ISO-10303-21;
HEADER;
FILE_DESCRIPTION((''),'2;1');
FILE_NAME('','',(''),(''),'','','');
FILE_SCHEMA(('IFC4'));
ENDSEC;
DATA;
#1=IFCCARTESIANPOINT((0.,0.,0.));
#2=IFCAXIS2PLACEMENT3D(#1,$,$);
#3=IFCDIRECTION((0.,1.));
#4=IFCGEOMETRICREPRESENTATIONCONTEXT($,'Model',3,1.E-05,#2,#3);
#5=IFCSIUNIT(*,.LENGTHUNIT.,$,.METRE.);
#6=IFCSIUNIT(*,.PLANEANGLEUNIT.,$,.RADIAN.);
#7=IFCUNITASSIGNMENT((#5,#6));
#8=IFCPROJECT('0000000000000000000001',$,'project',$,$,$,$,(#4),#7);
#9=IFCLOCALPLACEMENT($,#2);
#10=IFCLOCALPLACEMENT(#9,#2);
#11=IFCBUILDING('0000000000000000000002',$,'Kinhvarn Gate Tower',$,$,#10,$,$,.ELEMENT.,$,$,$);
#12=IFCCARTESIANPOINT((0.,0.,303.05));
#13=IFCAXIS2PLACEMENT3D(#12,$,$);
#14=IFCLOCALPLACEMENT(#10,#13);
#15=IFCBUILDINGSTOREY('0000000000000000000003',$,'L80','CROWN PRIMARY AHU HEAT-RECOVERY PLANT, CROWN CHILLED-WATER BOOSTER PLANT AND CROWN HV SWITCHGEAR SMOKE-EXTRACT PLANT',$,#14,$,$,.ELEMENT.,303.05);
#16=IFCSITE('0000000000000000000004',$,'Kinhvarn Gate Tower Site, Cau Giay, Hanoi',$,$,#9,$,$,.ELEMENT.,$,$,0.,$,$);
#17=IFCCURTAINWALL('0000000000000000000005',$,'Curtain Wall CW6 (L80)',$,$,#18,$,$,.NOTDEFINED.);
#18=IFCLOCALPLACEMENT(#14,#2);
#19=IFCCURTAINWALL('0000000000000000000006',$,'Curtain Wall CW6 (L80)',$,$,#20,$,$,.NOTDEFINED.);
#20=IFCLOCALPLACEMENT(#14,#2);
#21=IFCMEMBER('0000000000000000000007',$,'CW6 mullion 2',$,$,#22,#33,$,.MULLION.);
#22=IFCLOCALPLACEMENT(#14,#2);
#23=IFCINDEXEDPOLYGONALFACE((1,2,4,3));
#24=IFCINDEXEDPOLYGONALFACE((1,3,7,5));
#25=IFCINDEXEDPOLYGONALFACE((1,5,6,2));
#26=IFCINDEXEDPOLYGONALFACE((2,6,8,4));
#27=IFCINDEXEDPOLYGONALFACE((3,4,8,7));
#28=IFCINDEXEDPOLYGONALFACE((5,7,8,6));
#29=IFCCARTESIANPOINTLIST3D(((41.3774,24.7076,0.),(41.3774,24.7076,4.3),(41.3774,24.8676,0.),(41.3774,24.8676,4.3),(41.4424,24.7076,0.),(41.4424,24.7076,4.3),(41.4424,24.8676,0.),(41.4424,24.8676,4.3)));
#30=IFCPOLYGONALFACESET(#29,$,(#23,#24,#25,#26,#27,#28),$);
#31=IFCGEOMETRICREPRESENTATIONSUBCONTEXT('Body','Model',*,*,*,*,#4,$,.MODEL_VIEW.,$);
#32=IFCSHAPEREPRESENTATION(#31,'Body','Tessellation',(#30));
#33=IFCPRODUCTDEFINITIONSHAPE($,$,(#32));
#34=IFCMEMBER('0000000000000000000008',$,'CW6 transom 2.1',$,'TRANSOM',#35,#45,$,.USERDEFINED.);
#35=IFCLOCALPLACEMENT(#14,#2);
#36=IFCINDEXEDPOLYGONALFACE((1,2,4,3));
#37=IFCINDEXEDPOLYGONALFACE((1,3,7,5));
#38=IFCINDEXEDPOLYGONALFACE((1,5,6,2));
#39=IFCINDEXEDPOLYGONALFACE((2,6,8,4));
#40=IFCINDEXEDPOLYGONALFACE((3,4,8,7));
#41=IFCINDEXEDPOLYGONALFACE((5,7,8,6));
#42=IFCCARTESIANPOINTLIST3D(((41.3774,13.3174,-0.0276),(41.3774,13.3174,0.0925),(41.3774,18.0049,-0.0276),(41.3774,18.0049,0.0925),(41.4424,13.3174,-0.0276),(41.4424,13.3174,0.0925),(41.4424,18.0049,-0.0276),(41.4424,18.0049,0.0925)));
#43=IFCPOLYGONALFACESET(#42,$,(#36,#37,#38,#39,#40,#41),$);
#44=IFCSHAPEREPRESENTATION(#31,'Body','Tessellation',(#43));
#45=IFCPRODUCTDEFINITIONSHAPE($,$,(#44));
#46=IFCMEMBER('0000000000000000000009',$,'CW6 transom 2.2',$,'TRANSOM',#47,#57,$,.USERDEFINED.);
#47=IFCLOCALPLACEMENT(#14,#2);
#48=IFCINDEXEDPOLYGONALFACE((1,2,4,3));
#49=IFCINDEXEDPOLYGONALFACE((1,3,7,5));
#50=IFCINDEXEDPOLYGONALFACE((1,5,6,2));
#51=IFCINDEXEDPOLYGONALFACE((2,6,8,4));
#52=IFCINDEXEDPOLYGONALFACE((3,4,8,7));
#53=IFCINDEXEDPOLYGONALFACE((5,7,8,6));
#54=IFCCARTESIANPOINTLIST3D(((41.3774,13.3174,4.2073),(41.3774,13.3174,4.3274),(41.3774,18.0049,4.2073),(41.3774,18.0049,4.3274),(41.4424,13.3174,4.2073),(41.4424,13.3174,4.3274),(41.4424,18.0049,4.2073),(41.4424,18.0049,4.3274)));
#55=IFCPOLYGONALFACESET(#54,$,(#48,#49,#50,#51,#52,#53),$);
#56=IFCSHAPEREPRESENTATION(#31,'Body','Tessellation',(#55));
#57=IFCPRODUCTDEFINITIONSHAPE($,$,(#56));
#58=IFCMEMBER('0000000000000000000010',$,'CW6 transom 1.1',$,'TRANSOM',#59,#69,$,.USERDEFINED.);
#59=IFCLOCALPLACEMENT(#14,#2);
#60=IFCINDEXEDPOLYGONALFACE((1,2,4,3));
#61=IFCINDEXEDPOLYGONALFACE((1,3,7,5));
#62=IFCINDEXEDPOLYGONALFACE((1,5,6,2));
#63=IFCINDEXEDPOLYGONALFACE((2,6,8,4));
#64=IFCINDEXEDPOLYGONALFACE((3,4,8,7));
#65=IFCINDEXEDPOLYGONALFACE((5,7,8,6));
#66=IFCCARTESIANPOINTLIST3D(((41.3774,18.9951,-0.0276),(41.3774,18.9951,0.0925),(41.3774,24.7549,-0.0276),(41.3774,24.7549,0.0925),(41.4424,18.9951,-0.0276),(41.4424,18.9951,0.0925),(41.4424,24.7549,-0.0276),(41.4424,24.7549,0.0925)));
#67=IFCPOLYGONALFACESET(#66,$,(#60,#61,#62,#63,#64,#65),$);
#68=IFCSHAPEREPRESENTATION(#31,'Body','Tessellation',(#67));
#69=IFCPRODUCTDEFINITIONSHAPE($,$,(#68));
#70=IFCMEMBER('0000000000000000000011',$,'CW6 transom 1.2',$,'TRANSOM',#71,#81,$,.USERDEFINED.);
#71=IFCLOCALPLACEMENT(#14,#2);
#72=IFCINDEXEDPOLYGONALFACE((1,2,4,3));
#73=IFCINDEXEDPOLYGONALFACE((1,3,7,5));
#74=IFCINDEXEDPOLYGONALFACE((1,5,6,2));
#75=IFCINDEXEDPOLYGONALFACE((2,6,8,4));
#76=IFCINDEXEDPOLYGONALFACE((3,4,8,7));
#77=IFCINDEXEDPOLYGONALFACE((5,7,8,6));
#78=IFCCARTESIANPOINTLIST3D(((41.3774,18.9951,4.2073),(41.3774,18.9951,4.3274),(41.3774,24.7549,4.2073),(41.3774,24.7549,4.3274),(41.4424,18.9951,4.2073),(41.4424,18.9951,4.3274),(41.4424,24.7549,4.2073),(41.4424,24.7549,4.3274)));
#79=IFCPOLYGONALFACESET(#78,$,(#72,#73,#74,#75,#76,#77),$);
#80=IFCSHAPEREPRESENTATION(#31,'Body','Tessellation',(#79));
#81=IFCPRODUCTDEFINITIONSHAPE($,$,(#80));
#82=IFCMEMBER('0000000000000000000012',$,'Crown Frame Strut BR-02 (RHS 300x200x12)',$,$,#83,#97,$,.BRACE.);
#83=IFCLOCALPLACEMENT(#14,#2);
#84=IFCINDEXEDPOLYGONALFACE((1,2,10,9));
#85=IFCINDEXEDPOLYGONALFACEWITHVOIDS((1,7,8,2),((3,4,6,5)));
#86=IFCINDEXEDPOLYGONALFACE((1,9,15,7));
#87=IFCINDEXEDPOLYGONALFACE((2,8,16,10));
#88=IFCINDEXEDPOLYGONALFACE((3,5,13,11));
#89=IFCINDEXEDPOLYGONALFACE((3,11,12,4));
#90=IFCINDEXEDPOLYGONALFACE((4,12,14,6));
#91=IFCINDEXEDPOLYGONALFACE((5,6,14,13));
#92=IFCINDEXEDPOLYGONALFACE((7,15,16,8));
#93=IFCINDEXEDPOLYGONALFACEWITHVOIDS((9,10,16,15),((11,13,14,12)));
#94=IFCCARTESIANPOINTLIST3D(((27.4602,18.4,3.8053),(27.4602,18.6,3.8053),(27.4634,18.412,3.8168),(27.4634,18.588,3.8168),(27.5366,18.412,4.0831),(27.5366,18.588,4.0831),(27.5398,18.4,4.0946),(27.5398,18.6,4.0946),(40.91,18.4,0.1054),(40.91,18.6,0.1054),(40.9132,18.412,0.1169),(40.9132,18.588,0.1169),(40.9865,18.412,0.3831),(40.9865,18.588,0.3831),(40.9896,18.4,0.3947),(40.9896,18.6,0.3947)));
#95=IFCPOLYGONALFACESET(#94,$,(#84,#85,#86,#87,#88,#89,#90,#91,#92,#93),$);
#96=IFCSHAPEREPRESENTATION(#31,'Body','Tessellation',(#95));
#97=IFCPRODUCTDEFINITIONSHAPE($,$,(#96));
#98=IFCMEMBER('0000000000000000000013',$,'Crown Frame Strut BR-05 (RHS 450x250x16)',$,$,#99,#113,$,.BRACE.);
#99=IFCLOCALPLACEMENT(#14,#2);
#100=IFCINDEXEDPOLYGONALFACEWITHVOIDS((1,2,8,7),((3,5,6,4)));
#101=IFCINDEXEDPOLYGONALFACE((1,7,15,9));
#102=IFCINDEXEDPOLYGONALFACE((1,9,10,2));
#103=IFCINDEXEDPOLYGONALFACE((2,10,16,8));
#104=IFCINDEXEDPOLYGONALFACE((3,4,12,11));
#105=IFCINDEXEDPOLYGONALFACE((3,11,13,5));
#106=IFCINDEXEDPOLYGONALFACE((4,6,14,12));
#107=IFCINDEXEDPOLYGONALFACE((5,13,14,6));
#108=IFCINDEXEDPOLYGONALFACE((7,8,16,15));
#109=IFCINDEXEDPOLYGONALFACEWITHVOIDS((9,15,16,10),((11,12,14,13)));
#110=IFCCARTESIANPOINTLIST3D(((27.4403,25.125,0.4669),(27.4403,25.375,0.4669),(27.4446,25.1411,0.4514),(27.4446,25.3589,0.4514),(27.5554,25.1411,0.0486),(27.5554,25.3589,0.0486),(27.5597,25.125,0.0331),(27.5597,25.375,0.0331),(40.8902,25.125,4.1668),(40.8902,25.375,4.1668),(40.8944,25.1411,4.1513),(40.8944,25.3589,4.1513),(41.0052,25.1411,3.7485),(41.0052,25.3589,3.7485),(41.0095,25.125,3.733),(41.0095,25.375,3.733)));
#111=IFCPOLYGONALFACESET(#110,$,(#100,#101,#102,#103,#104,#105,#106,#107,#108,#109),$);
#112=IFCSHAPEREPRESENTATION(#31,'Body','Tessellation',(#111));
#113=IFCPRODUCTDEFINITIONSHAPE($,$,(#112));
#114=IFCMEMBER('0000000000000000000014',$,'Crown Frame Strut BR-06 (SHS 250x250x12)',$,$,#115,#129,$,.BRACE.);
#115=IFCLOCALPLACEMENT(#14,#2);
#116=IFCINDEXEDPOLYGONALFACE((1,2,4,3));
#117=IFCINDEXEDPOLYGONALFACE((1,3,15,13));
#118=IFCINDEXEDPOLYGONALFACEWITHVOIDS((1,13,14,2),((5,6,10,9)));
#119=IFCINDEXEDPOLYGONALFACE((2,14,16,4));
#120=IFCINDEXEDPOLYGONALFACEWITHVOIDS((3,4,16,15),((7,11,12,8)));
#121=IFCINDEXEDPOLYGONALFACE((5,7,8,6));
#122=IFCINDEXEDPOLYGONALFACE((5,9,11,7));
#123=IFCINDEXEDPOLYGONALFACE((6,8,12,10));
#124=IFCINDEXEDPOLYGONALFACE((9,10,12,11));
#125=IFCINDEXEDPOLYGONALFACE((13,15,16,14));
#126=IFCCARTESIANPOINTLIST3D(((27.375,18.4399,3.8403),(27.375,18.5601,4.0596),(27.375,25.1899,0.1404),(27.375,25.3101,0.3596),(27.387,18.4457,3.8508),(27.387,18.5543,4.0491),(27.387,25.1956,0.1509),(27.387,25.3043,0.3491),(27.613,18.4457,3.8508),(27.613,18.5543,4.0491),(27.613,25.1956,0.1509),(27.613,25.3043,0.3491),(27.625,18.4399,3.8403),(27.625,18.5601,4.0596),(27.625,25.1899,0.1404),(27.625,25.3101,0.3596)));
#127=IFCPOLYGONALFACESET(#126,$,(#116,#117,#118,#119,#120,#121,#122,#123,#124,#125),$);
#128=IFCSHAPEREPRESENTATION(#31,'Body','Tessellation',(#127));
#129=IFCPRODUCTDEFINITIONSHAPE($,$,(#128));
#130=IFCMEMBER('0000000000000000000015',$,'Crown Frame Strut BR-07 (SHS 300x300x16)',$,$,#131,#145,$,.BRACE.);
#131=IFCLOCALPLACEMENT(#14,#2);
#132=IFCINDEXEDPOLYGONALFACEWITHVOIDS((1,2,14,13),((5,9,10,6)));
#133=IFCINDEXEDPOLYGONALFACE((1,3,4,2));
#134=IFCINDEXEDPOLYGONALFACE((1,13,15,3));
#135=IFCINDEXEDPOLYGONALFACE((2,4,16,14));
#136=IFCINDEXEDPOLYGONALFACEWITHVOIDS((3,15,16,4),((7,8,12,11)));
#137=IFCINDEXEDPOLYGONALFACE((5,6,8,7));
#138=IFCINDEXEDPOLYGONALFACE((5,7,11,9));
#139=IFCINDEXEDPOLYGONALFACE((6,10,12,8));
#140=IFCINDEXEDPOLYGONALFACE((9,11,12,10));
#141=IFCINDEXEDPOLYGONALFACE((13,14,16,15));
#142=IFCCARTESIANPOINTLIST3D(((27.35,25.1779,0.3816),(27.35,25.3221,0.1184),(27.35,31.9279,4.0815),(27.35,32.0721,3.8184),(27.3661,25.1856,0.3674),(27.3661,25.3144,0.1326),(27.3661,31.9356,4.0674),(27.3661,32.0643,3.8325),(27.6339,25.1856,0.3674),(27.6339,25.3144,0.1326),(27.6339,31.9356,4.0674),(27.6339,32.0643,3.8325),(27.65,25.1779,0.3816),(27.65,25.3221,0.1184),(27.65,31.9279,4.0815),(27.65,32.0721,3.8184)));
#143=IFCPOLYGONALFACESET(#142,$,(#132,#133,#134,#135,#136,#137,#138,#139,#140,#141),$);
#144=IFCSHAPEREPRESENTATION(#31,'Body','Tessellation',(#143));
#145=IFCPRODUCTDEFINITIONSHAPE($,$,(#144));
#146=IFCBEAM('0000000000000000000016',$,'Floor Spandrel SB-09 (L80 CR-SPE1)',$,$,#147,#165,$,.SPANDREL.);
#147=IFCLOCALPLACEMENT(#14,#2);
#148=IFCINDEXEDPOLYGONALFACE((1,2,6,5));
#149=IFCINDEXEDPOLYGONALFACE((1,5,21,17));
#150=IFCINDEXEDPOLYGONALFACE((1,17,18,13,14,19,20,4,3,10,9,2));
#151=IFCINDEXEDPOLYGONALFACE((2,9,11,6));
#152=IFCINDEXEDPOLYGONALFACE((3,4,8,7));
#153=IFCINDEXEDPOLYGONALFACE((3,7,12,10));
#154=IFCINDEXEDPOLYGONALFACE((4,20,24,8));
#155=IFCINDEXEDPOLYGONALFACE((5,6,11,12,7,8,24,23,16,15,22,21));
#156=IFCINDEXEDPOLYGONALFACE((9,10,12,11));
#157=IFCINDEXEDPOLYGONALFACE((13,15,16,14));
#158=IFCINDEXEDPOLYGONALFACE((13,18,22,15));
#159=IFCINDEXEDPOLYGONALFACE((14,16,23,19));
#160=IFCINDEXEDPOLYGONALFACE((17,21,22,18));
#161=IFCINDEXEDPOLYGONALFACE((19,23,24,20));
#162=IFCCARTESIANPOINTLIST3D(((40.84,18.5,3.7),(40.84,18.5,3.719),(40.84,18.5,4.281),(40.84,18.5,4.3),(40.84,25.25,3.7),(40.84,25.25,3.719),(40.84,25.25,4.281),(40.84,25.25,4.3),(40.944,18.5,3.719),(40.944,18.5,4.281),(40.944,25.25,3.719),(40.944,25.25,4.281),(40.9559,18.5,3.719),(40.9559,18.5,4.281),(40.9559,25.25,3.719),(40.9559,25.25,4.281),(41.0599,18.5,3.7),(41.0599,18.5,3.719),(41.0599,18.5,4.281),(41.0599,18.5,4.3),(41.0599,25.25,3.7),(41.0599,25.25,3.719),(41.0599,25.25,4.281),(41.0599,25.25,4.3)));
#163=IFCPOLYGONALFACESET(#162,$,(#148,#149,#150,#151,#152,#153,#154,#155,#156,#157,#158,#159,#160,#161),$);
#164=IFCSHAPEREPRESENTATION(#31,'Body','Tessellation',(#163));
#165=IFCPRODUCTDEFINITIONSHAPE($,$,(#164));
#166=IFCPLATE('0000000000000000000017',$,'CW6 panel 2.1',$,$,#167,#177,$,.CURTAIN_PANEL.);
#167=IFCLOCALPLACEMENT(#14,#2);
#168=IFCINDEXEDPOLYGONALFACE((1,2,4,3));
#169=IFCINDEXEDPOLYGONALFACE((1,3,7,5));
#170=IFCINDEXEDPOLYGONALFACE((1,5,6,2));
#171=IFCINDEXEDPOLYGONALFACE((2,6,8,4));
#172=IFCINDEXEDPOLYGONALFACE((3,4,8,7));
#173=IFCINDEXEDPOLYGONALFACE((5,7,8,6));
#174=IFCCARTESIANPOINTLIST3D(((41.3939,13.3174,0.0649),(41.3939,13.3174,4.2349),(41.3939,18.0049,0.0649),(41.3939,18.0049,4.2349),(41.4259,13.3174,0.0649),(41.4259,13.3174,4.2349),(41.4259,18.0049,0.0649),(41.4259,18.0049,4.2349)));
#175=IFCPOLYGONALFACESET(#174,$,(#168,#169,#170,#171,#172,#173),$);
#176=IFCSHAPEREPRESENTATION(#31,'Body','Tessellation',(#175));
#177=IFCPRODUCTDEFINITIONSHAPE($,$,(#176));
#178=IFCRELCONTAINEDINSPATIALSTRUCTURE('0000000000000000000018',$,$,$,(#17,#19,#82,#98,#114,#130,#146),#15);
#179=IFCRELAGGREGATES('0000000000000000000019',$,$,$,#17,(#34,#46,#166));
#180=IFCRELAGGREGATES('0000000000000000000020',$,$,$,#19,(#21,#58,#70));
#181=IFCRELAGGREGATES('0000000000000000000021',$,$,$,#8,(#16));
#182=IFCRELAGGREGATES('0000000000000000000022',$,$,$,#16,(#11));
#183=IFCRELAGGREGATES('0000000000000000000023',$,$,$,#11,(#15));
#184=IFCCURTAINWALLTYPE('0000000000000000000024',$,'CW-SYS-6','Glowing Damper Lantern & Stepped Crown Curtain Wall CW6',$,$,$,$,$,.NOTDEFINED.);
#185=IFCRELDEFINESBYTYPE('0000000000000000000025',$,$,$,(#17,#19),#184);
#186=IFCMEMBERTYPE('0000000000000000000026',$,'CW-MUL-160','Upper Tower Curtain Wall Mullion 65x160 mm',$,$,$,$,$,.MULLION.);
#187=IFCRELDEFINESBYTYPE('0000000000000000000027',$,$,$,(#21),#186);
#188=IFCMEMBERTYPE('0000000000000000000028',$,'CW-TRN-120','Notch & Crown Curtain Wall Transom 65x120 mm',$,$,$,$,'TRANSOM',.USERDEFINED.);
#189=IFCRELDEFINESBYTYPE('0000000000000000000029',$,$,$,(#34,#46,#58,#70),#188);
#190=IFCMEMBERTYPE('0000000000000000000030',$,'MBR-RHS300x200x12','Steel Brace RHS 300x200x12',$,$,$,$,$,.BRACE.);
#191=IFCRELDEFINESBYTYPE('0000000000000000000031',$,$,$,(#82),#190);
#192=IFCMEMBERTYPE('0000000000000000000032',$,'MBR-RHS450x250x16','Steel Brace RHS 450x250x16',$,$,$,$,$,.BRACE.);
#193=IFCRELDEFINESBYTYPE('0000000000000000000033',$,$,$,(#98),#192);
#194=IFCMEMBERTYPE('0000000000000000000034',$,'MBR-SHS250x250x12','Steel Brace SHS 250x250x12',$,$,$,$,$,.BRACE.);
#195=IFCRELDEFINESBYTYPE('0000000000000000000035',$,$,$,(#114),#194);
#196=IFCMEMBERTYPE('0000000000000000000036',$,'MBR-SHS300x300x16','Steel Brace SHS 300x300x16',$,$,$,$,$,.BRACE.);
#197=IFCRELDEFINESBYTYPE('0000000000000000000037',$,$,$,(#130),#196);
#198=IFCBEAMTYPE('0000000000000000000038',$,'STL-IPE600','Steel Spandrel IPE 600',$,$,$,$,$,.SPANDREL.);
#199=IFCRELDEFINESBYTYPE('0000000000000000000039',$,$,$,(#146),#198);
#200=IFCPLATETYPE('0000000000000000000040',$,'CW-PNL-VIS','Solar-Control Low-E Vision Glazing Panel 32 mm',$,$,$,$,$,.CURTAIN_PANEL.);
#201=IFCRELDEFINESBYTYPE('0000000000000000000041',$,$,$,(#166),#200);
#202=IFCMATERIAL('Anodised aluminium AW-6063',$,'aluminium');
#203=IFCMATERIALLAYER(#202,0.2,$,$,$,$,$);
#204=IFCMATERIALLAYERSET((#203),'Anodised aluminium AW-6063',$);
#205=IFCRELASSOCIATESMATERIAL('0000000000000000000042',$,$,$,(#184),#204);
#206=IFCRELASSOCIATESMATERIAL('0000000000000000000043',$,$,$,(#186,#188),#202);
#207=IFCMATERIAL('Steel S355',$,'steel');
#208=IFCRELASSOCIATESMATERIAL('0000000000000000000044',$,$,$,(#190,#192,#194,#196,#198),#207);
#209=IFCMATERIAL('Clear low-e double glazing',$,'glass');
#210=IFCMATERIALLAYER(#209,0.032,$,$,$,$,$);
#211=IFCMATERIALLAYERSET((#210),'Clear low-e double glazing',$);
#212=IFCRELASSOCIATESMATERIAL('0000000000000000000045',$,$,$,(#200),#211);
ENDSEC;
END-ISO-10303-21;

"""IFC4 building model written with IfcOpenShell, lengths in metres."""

from ifc_helpers import new_model, si_unit, direction, frame, origin, origin_2d, place, context, subcontext, project, spatial, rectangle, hollow_rectangle, i_section, extrude, material, layer, layer_set, material_profile, profile_set, type_object, element, aggregate, save


model = new_model("IFC4")

# Units and contexts
model_context = context("Model", 3, precision=1e-05, world=origin(), true_north=direction((0.0, 1.0)))
body_context = subcontext(model_context, "Body", "Model", "MODEL_VIEW")
ifc_project = project(units=[si_unit("LENGTHUNIT", "METRE"), si_unit("PLANEANGLEUNIT", "RADIAN")], contexts=[model_context])

# Site, building, storey
site_placement = place(None, origin())
site = spatial("IfcSite", under=ifc_project, at=site_placement, Name="Kinhvarn Gate Tower Site, Cau Giay, Hanoi", CompositionType="ELEMENT", RefElevation=0.0)
building_placement = place(site_placement, origin())
building = spatial("IfcBuilding", under=site, at=building_placement, Name="Kinhvarn Gate Tower", CompositionType="ELEMENT")
storey_placement = place(building_placement, frame((0.0, 0.0, 303.05)))
storey = spatial("IfcBuildingStorey", under=building, at=storey_placement, Name="L80", Description="CROWN PRIMARY AHU HEAT-RECOVERY PLANT, CROWN CHILLED-WATER BOOSTER PLANT AND CROWN HV SWITCHGEAR SMOKE-EXTRACT PLANT", CompositionType="ELEMENT", Elevation=303.05)

# Shared definitions
ifc_material_1 = material(Name="Steel S355", Category="steel")

# Curtain walls, member
ifc_material_2 = material(Name="Anodised aluminium AW-6063", Category="aluminium")
ifc_layer_1 = layer(ifc_material_2, 0.2)
ifc_layer_set_1 = layer_set([ifc_layer_1], Name="Anodised aluminium AW-6063")
curtain_wall_type = type_object("IfcCurtainWallType", Name="CW-SYS-6", Description="Glowing Damper Lantern & Stepped Crown Curtain Wall CW6", PredefinedType="NOTDEFINED", material=ifc_layer_set_1)
curtain_wall_1_placement = place(storey_placement, origin())
curtain_wall_1 = element("IfcCurtainWall", 1, at=curtain_wall_1_placement, inside=storey, type_object=curtain_wall_type, Name="Curtain Wall CW6 (L80)", PredefinedType="NOTDEFINED")
ifc_material_profile_1 = material_profile(ifc_material_2, rectangle(XDim=0.0649, YDim=0.1599, at=origin_2d()), Name="ALU 65x160")
ifc_profile_set_1 = profile_set([ifc_material_profile_1], Name="Anodised aluminium AW-6063")
member_type_1 = type_object("IfcMemberType", Name="CW-MUL-160", Description="Upper Tower Curtain Wall Mullion 65x160 mm", PredefinedType="MULLION", material=ifc_profile_set_1)
curtain_wall_2_placement = place(storey_placement, origin())
curtain_wall_2 = element("IfcCurtainWall", 2, at=curtain_wall_2_placement, inside=storey, type_object=curtain_wall_type, Name="Curtain Wall CW6 (L80)", PredefinedType="NOTDEFINED")
member_1_placement = place(storey_placement, frame((41.4099, 24.7876, 0.0), z_axis=(0.0, 0.0, 1.0), x_axis=(-1.0, 0.0, 0.0)))
member_1 = element("IfcMember", 3, at=member_1_placement, type_object=member_type_1, Name="CW6 mullion 2", PredefinedType="MULLION", context=body_context, shape_type="SweptSolid", body=[
    extrude(rectangle(XDim=0.0649, YDim=0.1599, at=origin_2d()), origin(), (0.0, 0.0, 1.0), 4.3),
])

# Members
ifc_material_profile_2 = material_profile(ifc_material_2, rectangle(XDim=0.0649, YDim=0.1201, at=origin_2d()), Name="ALU 65x120")
ifc_profile_set_2 = profile_set([ifc_material_profile_2], Name="Anodised aluminium AW-6063")
member_type_2 = type_object("IfcMemberType", Name="CW-TRN-120", Description="Notch & Crown Curtain Wall Transom 65x120 mm", ElementType="TRANSOM", PredefinedType="USERDEFINED", material=ifc_profile_set_2)
member_2_placement = place(storey_placement, frame((41.4099, 13.3174, 0.0325), z_axis=(0.0, 1.0, 0.0), x_axis=(-1.0, 0.0, 0.0)))
member_2 = element("IfcMember", 4, at=member_2_placement, type_object=member_type_2, Name="CW6 transom 2.1", ObjectType="TRANSOM", PredefinedType="USERDEFINED", context=body_context, shape_type="SweptSolid", body=[
    extrude(rectangle(XDim=0.0649, YDim=0.1201, at=origin_2d()), origin(), (0.0, 0.0, 1.0), 4.6875),
])
member_3_placement = place(storey_placement, frame((41.4099, 13.3174, 4.2673), z_axis=(0.0, 1.0, 0.0), x_axis=(-1.0, 0.0, 0.0)))
member_3 = element("IfcMember", 5, at=member_3_placement, type_object=member_type_2, Name="CW6 transom 2.2", ObjectType="TRANSOM", PredefinedType="USERDEFINED", context=body_context, shape_type="SweptSolid", body=[
    extrude(rectangle(XDim=0.0649, YDim=0.1201, at=origin_2d()), origin(), (0.0, 0.0, 1.0), 4.6875),
])
member_4_placement = place(storey_placement, frame((41.4099, 18.9951, 0.0325), z_axis=(0.0, 1.0, 0.0), x_axis=(-1.0, 0.0, 0.0)))
member_4 = element("IfcMember", 6, at=member_4_placement, type_object=member_type_2, Name="CW6 transom 1.1", ObjectType="TRANSOM", PredefinedType="USERDEFINED", context=body_context, shape_type="SweptSolid", body=[
    extrude(rectangle(XDim=0.0649, YDim=0.1201, at=origin_2d()), origin(), (0.0, 0.0, 1.0), 5.7598),
])
member_5_placement = place(storey_placement, frame((41.4099, 18.9951, 4.2673), z_axis=(0.0, 1.0, 0.0), x_axis=(-1.0, 0.0, 0.0)))
member_5 = element("IfcMember", 7, at=member_5_placement, type_object=member_type_2, Name="CW6 transom 1.2", ObjectType="TRANSOM", PredefinedType="USERDEFINED", context=body_context, shape_type="SweptSolid", body=[
    extrude(rectangle(XDim=0.0649, YDim=0.1201, at=origin_2d()), origin(), (0.0, 0.0, 1.0), 5.7598),
])

# Members
ifc_material_profile_3 = material_profile(ifc_material_1, hollow_rectangle(XDim=0.2, YDim=0.3, WallThickness=0.012, at=origin_2d()), Name="RHS 300x200x12")
ifc_profile_set_3 = profile_set([ifc_material_profile_3], Name="Steel S355")
member_type_3 = type_object("IfcMemberType", Name="MBR-RHS300x200x12", Description="Steel Brace RHS 300x200x12", PredefinedType="BRACE", material=ifc_profile_set_3)
member_6_placement = place(storey_placement, frame((27.5, 18.5, 3.95), z_axis=(0.964183, 0.0, -0.265237), x_axis=(0.0, 1.0, 0.0)))
element("IfcMember", 8, at=member_6_placement, inside=storey, type_object=member_type_3, Name="Crown Frame Strut BR-02 (RHS 300x200x12)", PredefinedType="BRACE", context=body_context, shape_type="SweptSolid", body=[
    extrude(hollow_rectangle(XDim=0.2, YDim=0.3, WallThickness=0.012, at=origin_2d()), origin(), (0.0, 0.0, 1.0), 13.9495),
])
ifc_material_profile_4 = material_profile(ifc_material_1, hollow_rectangle(XDim=0.25, YDim=0.45, WallThickness=0.0161, at=origin_2d()), Name="RHS 450x250x16")
ifc_profile_set_4 = profile_set([ifc_material_profile_4], Name="Steel S355")
member_type_4 = type_object("IfcMemberType", Name="MBR-RHS450x250x16", Description="Steel Brace RHS 450x250x16", PredefinedType="BRACE", material=ifc_profile_set_4)
member_7_placement = place(storey_placement, frame((27.5, 25.25, 0.25), z_axis=(0.964183, 0.0, 0.265237), x_axis=(0.0, 1.0, 0.0)))
element("IfcMember", 9, at=member_7_placement, inside=storey, type_object=member_type_4, Name="Crown Frame Strut BR-05 (RHS 450x250x16)", PredefinedType="BRACE", context=body_context, shape_type="SweptSolid", body=[
    extrude(hollow_rectangle(XDim=0.25, YDim=0.45, WallThickness=0.0161, at=origin_2d()), origin(), (0.0, 0.0, 1.0), 13.9495),
])
ifc_material_profile_5 = material_profile(ifc_material_1, hollow_rectangle(XDim=0.25, YDim=0.25, WallThickness=0.012, at=origin_2d()), Name="SHS 250x250x12")
ifc_profile_set_5 = profile_set([ifc_material_profile_5], Name="Steel S355")
member_type_5 = type_object("IfcMemberType", Name="MBR-SHS250x250x12", Description="Steel Brace SHS 250x250x12", PredefinedType="BRACE", material=ifc_profile_set_5)
member_8_placement = place(storey_placement, frame((27.5, 18.5, 3.95), z_axis=(0.0, 0.876903, -0.480667), x_axis=(-1.0, 0.0, 0.0)))
element("IfcMember", 10, at=member_8_placement, inside=storey, type_object=member_type_5, Name="Crown Frame Strut BR-06 (SHS 250x250x12)", PredefinedType="BRACE", context=body_context, shape_type="SweptSolid", body=[
    extrude(hollow_rectangle(XDim=0.25, YDim=0.25, WallThickness=0.012, at=origin_2d()), origin(), (0.0, 0.0, 1.0), 7.6975),
])
ifc_material_profile_6 = material_profile(ifc_material_1, hollow_rectangle(XDim=0.3, YDim=0.3, WallThickness=0.0161, at=origin_2d()), Name="SHS 300x300x16")
ifc_profile_set_6 = profile_set([ifc_material_profile_6], Name="Steel S355")
member_type_6 = type_object("IfcMemberType", Name="MBR-SHS300x300x16", Description="Steel Brace SHS 300x300x16", PredefinedType="BRACE", material=ifc_profile_set_6)
member_9_placement = place(storey_placement, frame((27.5, 25.25, 0.25), z_axis=(0.0, 0.876903, 0.480667), x_axis=(-1.0, 0.0, 0.0)))
element("IfcMember", 11, at=member_9_placement, inside=storey, type_object=member_type_6, Name="Crown Frame Strut BR-07 (SHS 300x300x16)", PredefinedType="BRACE", context=body_context, shape_type="SweptSolid", body=[
    extrude(hollow_rectangle(XDim=0.3, YDim=0.3, WallThickness=0.0161, at=origin_2d()), origin(), (0.0, 0.0, 1.0), 7.6975),
])

# Beam
ifc_material_profile_7 = material_profile(ifc_material_1, i_section(OverallWidth=0.22, OverallDepth=0.6001, WebThickness=0.012, FlangeThickness=0.019, at=origin_2d()), Name="IPE 600")
ifc_profile_set_7 = profile_set([ifc_material_profile_7], Name="Steel S355")
beam_type_1 = type_object("IfcBeamType", Name="STL-IPE600", Description="Steel Spandrel IPE 600", PredefinedType="SPANDREL", material=ifc_profile_set_7)
beam_placement = place(storey_placement, frame((40.95, 18.5, 4.0), z_axis=(0.0, 1.0, 0.0), x_axis=(-1.0, 0.0, 0.0)))
element("IfcBeam", 12, at=beam_placement, inside=storey, type_object=beam_type_1, Name="Floor Spandrel SB-09 (L80 CR-SPE1)", PredefinedType="SPANDREL", context=body_context, shape_type="SweptSolid", body=[
    extrude(i_section(OverallWidth=0.22, OverallDepth=0.6001, WebThickness=0.012, FlangeThickness=0.019, at=origin_2d()), origin(), (0.0, 0.0, 1.0), 6.75),
])

# Plate
ifc_material_3 = material(Name="Clear low-e double glazing", Category="glass")
ifc_layer_2 = layer(ifc_material_3, 0.032)
ifc_layer_set_2 = layer_set([ifc_layer_2], Name="Clear low-e double glazing")
plate_type = type_object("IfcPlateType", Name="CW-PNL-VIS", Description="Solar-Control Low-E Vision Glazing Panel 32 mm", PredefinedType="CURTAIN_PANEL", material=ifc_layer_set_2)
plate_1_placement = place(storey_placement, frame((41.4099, 15.6611, 0.0649), z_axis=(0.0, 0.0, 1.0), x_axis=(0.0, 1.0, 0.0)))
plate_1 = element("IfcPlate", 13, at=plate_1_placement, type_object=plate_type, Name="CW6 panel 2.1", PredefinedType="CURTAIN_PANEL", context=body_context, shape_type="SweptSolid", body=[
    extrude(rectangle(XDim=4.6875, YDim=0.032, at=origin_2d()), origin(), (0.0, 0.0, 1.0), 4.1699),
])
aggregate(curtain_wall_1, [member_2, member_3, plate_1])
aggregate(curtain_wall_2, [member_1, member_4, member_5])

save(model, "model.ifc")
